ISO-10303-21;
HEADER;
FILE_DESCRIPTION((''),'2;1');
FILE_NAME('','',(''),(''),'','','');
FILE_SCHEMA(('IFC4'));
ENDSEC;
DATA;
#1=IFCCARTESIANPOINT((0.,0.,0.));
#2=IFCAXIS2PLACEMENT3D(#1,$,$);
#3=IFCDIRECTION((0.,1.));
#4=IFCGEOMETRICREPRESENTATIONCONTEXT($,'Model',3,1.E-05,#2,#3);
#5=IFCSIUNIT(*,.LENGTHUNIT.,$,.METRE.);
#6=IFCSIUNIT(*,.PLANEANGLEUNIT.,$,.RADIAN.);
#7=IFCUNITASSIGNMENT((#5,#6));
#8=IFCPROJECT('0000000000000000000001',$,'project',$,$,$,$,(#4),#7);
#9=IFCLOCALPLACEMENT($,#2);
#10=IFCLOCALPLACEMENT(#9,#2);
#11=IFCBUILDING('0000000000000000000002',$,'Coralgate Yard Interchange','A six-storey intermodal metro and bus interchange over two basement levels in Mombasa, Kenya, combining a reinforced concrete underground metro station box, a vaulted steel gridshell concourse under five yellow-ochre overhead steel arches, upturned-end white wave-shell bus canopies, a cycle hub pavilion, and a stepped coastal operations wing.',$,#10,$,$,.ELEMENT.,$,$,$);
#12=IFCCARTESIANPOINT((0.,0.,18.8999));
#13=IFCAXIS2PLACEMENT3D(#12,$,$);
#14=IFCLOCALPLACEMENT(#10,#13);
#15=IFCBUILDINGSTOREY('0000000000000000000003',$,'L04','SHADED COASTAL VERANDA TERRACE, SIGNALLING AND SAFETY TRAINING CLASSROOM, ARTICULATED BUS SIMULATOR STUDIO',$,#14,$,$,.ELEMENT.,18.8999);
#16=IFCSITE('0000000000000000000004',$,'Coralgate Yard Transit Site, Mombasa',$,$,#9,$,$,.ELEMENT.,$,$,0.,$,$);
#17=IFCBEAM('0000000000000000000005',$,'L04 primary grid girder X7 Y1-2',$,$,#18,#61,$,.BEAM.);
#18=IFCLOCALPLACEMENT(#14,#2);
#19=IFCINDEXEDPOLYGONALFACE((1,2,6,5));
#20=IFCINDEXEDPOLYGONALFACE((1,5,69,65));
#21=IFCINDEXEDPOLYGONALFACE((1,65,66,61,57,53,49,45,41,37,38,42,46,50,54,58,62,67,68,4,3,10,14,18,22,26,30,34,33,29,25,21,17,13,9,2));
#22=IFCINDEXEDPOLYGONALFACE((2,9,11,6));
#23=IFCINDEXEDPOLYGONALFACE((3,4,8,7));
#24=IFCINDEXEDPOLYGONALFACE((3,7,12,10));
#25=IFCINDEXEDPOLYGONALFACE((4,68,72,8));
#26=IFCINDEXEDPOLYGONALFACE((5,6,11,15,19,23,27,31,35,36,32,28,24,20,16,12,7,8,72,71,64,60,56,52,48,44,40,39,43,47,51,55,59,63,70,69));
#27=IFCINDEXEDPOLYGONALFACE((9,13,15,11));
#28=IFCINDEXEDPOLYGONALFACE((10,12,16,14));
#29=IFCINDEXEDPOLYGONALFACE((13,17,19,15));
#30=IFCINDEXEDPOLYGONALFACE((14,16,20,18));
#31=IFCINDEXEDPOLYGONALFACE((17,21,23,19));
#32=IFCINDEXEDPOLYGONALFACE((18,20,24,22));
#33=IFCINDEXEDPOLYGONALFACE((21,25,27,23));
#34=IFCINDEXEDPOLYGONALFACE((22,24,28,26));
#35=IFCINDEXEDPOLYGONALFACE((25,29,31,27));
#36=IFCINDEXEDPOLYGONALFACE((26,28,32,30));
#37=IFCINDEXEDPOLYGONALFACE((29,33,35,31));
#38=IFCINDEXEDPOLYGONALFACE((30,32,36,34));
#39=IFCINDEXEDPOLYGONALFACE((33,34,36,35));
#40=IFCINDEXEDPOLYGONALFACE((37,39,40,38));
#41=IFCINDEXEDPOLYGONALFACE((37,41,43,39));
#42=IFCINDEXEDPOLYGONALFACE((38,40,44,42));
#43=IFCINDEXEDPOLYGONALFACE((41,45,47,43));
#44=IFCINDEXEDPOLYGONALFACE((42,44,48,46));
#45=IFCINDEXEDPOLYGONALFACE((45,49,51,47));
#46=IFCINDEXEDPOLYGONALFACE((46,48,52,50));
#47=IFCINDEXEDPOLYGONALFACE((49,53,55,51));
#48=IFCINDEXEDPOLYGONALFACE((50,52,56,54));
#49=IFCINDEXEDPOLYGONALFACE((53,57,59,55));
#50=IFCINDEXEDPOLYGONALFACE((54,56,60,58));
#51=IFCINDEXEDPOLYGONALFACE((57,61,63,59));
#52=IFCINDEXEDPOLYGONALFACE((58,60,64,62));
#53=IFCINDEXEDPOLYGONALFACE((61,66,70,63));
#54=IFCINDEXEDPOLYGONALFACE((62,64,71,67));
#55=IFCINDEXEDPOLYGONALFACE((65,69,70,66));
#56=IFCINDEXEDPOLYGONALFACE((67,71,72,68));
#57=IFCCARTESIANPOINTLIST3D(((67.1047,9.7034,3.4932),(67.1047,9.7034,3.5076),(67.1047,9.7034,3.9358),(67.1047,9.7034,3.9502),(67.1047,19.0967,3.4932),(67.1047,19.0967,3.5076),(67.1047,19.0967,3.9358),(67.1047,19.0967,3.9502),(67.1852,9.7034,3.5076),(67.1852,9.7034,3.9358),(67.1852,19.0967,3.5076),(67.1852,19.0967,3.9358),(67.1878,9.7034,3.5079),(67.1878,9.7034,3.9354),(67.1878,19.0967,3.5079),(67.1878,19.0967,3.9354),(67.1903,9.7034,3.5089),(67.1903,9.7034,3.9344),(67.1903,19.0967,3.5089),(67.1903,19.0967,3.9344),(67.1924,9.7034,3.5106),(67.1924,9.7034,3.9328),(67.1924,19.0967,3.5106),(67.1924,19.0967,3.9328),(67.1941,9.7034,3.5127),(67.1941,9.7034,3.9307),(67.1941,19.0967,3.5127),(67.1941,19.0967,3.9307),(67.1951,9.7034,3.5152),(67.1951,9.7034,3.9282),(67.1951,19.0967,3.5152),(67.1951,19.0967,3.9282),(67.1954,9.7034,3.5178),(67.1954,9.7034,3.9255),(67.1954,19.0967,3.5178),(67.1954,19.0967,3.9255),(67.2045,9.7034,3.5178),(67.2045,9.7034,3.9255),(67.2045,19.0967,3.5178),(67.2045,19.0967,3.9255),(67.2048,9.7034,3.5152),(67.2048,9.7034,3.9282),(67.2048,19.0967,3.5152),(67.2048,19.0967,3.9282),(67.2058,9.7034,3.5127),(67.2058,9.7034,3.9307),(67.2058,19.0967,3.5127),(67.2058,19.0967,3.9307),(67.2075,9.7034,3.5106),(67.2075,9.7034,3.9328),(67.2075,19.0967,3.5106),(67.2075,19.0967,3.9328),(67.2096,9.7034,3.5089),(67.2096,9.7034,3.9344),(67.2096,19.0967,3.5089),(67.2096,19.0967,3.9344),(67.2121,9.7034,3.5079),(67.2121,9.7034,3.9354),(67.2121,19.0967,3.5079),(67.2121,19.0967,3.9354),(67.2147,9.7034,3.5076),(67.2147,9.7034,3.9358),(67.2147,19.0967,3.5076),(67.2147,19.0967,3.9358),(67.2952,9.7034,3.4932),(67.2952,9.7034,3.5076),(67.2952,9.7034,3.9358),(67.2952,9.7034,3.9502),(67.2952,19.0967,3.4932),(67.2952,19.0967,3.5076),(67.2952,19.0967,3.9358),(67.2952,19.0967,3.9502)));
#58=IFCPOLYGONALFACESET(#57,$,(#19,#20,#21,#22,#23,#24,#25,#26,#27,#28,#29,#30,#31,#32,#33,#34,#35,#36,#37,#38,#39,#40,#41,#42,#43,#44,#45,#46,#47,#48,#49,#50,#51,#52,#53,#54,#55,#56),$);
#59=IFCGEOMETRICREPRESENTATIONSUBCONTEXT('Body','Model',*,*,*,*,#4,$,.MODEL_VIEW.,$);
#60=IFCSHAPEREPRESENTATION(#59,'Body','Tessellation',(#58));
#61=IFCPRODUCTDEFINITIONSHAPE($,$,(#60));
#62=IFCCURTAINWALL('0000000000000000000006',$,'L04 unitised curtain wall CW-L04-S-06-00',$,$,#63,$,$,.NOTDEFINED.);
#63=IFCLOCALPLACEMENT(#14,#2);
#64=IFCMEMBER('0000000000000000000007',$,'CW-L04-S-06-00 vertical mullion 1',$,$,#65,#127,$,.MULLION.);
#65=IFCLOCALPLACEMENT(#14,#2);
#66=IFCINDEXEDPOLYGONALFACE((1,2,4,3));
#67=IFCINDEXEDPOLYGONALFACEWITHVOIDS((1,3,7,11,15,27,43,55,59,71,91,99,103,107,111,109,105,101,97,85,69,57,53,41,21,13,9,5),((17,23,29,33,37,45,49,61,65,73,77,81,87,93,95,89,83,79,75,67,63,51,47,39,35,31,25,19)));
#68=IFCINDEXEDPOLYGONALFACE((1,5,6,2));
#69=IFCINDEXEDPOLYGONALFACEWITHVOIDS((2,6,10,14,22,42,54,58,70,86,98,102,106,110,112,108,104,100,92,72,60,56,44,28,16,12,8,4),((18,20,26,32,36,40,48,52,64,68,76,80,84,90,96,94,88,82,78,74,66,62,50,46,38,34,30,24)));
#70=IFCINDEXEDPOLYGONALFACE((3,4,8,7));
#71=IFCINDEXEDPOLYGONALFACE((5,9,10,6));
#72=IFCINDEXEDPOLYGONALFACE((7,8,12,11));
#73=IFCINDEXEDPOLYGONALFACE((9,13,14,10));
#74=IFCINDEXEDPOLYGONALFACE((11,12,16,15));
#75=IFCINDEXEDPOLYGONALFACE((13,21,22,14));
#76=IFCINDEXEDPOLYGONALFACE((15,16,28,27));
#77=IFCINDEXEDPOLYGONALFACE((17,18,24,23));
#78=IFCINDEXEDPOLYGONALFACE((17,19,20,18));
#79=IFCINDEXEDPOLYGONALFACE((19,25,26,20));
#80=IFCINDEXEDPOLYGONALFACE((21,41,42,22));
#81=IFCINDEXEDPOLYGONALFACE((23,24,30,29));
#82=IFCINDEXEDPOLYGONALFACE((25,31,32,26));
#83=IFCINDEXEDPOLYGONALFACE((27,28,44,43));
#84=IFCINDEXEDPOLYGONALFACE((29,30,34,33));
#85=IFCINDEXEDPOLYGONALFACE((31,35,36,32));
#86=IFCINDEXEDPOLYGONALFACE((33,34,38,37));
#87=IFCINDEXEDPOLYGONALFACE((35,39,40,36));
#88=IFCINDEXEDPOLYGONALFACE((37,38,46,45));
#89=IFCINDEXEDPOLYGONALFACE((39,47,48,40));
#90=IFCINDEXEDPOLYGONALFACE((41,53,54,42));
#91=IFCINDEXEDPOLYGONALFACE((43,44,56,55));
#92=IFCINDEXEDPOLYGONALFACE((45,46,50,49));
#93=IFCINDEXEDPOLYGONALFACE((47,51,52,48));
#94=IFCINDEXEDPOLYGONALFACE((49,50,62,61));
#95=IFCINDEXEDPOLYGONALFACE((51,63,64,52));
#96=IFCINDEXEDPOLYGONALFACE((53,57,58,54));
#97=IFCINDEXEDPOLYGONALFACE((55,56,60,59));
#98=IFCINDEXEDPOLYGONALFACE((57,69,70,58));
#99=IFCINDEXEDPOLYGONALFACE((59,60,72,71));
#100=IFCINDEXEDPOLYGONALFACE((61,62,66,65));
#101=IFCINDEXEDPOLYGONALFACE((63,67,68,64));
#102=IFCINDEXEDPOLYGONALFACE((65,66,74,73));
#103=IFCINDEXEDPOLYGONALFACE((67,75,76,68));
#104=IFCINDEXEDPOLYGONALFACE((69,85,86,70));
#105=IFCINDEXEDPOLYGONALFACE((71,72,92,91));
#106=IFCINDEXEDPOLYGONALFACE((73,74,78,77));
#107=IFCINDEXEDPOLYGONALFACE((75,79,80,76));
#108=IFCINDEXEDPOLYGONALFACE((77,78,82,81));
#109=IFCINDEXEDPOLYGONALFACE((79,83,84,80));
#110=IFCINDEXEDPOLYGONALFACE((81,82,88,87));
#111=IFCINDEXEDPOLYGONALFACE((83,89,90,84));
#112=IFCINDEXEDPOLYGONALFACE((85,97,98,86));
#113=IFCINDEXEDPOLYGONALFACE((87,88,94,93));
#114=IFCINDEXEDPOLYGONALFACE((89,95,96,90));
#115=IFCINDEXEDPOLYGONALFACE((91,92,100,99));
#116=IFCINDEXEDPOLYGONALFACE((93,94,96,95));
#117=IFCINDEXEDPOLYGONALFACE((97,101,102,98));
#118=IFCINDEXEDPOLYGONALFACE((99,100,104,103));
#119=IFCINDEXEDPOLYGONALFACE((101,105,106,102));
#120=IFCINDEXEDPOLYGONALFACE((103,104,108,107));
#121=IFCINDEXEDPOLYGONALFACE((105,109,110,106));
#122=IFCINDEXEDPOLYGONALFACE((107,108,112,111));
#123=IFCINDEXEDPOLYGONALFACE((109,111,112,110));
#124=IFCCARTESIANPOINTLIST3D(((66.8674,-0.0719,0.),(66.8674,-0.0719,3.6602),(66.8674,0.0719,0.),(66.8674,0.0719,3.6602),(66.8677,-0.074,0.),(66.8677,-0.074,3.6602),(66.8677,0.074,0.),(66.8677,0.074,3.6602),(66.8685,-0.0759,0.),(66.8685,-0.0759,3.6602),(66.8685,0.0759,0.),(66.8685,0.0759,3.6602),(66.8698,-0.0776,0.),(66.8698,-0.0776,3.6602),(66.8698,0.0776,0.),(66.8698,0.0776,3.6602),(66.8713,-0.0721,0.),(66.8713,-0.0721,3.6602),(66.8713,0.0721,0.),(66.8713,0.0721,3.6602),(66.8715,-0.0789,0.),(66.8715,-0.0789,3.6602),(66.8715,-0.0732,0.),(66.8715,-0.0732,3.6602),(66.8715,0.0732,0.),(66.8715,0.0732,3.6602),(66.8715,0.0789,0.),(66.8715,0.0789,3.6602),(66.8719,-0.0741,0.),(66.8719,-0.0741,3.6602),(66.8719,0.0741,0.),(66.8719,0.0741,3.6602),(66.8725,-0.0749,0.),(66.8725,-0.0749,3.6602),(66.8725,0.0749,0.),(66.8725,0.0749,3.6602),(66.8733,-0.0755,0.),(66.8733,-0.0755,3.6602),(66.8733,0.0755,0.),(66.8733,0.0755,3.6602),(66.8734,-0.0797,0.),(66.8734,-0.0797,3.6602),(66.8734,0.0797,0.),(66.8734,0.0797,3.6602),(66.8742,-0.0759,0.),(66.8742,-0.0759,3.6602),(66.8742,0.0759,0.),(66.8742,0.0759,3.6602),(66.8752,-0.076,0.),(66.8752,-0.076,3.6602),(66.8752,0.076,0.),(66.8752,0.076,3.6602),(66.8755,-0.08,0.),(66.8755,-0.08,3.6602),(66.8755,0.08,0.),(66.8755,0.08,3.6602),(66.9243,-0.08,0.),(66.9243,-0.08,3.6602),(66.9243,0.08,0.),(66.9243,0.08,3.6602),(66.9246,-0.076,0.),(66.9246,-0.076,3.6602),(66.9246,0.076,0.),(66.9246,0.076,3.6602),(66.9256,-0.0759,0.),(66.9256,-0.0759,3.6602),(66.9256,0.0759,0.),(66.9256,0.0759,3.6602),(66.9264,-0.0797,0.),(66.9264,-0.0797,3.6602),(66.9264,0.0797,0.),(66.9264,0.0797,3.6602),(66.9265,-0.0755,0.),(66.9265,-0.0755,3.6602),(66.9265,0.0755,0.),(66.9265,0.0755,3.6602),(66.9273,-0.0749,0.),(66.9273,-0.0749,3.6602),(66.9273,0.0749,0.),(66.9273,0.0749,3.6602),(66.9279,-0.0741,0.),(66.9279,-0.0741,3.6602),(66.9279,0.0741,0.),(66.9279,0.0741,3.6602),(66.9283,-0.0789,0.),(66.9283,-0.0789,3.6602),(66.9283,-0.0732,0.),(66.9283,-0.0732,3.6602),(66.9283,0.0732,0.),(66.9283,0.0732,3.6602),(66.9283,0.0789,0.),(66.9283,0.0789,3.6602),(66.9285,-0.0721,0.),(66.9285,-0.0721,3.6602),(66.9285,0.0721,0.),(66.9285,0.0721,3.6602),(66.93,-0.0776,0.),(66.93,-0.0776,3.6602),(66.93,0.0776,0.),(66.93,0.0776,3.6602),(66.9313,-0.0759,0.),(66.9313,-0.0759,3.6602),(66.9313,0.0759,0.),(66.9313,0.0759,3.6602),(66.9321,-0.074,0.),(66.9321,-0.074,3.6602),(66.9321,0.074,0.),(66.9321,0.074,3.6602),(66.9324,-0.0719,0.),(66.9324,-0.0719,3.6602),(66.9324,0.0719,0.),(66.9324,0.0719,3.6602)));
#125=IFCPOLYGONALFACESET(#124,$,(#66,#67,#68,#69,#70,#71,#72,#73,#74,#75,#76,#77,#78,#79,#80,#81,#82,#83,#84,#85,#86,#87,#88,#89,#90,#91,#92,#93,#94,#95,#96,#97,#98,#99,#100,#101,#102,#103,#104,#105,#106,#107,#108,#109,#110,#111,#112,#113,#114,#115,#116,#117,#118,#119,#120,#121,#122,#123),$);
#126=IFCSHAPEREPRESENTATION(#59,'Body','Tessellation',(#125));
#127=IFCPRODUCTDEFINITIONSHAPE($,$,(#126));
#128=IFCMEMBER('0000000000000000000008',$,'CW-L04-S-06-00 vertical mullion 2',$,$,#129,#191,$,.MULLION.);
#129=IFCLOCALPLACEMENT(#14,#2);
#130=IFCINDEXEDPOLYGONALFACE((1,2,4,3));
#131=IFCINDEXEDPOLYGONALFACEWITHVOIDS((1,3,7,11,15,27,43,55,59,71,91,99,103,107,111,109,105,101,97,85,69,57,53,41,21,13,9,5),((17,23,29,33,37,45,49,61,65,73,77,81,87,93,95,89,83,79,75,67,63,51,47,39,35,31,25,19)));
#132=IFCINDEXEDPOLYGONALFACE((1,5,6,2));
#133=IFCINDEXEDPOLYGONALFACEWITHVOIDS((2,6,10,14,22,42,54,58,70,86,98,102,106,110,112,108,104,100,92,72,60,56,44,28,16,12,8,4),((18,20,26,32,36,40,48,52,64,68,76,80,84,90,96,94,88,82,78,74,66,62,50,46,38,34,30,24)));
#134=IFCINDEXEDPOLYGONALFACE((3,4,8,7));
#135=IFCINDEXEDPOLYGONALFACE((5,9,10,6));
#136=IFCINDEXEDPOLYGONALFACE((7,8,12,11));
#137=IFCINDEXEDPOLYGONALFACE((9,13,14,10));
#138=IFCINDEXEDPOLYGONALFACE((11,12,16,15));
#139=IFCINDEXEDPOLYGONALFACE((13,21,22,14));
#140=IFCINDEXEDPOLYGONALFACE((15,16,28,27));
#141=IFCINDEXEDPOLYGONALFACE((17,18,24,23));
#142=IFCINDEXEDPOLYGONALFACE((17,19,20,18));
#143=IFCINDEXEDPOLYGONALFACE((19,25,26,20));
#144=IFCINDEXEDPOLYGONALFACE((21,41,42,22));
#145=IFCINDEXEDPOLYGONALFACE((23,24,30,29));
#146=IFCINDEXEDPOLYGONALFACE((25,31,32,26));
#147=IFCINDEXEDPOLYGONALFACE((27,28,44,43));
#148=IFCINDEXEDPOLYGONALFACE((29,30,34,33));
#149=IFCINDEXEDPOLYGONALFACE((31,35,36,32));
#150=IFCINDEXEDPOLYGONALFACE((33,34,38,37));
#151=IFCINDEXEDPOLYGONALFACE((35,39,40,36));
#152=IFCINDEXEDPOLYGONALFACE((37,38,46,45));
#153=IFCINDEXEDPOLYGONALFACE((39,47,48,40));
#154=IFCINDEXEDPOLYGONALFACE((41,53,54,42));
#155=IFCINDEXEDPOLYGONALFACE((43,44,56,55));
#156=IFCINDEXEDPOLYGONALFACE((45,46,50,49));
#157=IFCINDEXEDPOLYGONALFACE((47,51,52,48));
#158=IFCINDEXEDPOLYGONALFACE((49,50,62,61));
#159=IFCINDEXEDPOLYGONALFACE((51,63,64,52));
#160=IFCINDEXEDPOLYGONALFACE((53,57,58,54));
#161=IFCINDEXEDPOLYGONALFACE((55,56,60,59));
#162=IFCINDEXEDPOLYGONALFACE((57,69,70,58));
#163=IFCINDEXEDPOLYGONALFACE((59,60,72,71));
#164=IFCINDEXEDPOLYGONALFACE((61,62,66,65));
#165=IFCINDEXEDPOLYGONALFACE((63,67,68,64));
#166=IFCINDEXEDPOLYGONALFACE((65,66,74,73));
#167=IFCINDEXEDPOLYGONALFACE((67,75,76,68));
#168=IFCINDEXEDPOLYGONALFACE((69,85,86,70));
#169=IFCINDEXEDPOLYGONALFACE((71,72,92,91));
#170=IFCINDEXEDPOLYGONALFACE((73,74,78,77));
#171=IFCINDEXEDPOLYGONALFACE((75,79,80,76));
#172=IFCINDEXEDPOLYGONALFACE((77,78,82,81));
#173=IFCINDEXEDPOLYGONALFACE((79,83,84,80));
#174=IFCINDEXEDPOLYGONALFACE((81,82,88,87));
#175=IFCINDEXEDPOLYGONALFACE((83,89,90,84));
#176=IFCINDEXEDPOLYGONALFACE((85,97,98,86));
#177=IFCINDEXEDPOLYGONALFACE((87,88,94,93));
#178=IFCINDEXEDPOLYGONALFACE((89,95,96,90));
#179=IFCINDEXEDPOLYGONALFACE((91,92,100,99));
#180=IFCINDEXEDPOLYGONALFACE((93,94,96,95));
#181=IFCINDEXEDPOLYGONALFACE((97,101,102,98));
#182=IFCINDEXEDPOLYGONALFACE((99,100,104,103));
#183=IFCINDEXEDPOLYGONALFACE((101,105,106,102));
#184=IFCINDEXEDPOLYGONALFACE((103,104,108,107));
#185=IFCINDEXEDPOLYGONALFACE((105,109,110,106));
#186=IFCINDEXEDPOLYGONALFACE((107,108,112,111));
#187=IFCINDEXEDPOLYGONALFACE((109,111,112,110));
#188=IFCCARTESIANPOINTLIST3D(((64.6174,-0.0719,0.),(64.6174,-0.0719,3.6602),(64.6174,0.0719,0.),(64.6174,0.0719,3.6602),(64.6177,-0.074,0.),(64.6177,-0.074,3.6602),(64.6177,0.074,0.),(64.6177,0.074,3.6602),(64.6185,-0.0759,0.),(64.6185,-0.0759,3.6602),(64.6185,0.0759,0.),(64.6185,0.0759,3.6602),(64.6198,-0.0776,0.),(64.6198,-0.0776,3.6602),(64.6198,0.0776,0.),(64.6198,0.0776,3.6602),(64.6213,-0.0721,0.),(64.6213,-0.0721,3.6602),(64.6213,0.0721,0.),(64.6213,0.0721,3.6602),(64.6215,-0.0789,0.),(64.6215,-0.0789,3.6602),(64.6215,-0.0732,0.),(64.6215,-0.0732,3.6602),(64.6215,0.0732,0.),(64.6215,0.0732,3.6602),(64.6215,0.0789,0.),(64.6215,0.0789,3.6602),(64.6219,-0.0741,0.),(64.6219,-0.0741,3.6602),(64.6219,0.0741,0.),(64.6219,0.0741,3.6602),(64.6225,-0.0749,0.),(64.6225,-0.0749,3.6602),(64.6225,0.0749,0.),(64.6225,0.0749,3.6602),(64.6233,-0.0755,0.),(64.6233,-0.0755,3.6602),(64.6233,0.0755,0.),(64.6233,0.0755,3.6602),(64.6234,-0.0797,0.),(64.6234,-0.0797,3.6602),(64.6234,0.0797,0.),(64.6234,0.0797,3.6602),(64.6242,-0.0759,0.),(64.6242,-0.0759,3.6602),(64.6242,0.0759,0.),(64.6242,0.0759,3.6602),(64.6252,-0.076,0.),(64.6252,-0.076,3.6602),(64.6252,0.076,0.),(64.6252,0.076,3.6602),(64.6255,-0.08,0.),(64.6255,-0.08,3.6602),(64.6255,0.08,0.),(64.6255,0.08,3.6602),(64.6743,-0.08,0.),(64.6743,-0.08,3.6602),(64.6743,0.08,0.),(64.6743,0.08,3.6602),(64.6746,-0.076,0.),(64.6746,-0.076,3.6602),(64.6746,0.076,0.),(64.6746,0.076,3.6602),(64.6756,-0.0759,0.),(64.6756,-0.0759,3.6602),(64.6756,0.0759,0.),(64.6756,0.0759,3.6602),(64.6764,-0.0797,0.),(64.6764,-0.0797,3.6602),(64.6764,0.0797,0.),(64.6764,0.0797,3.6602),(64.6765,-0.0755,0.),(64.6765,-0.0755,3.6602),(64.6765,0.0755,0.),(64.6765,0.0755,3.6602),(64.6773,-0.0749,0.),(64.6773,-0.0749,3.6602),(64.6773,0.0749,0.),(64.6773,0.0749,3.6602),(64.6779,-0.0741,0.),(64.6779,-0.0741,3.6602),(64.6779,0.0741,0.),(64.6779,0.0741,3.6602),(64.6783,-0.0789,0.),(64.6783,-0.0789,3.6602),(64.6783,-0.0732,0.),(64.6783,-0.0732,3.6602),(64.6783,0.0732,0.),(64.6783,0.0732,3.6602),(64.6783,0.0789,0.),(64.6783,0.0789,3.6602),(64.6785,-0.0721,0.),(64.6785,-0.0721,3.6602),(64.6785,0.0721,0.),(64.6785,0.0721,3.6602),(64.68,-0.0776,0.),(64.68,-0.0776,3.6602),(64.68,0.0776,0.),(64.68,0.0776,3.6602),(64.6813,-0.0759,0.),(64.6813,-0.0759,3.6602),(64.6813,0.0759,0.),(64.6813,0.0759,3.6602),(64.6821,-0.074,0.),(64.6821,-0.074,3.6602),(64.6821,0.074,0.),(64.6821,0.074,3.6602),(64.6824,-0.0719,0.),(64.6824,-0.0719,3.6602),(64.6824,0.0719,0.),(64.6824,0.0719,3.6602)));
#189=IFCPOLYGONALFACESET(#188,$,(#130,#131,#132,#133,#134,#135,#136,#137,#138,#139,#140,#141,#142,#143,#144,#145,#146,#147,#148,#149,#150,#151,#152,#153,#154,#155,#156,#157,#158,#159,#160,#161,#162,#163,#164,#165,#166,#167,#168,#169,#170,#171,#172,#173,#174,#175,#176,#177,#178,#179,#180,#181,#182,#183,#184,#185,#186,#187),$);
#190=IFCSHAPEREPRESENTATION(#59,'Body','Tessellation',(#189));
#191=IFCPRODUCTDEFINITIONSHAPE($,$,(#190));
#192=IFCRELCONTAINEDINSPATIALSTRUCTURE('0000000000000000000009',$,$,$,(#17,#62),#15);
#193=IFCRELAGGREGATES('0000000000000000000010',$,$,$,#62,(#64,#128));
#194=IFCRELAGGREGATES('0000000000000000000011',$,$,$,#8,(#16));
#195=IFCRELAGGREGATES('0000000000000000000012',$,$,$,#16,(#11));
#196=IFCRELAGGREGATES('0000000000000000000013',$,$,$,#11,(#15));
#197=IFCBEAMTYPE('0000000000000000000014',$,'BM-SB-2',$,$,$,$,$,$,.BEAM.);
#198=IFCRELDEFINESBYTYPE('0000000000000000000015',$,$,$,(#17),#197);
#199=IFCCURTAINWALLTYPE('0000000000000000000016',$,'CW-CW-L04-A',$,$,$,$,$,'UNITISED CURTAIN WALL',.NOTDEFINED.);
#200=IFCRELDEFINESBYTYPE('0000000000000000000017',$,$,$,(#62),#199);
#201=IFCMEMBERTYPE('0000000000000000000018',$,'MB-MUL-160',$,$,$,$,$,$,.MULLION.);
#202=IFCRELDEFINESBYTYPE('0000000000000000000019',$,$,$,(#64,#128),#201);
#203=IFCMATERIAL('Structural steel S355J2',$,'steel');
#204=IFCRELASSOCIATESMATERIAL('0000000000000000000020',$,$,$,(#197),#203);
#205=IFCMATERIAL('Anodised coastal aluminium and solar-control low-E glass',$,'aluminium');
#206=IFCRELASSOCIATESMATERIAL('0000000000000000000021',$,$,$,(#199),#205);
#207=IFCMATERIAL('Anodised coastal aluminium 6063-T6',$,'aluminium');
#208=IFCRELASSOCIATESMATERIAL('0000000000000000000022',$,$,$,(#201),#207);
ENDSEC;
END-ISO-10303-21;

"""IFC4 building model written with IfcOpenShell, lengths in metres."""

from ifc_helpers import new_model, si_unit, direction, frame, origin, origin_2d, place, context, subcontext, project, spatial, hollow_rectangle, i_section, extrude, material, material_profile, profile_set, type_object, element, aggregate, save


model = new_model("IFC4")

# Units and contexts
model_context = context("Model", 3, precision=1e-05, world=origin(), true_north=direction((0.0, 1.0)))
body_context = subcontext(model_context, "Body", "Model", "MODEL_VIEW")
ifc_project = project(units=[si_unit("LENGTHUNIT", "METRE"), si_unit("PLANEANGLEUNIT", "RADIAN")], contexts=[model_context])

# Site, building, storey
site_placement = place(None, origin())
site = spatial("IfcSite", under=ifc_project, at=site_placement, Name="Coralgate Yard Transit Site, Mombasa", CompositionType="ELEMENT", RefElevation=0.0)
building_placement = place(site_placement, origin())
building = spatial("IfcBuilding", under=site, at=building_placement, Name="Coralgate Yard Interchange", Description="A six-storey intermodal metro and bus interchange over two basement levels in Mombasa, Kenya, combining a reinforced concrete underground metro station box, a vaulted steel gridshell concourse under five yellow-ochre overhead steel arches, upturned-end white wave-shell bus canopies, a cycle hub pavilion, and a stepped coastal operations wing.", CompositionType="ELEMENT")
storey_placement = place(building_placement, frame((0.0, 0.0, 18.8999)))
storey = spatial("IfcBuildingStorey", under=building, at=storey_placement, Name="L04", Description="SHADED COASTAL VERANDA TERRACE, SIGNALLING AND SAFETY TRAINING CLASSROOM, ARTICULATED BUS SIMULATOR STUDIO", CompositionType="ELEMENT", Elevation=18.8999)

# Shared definitions
ifc_material_1 = material(Name="Structural steel S355J2", Category="steel")

# Beam
ifc_material_profile_1 = material_profile(ifc_material_1, i_section(OverallWidth=0.1904, OverallDepth=0.457, WebThickness=0.009, FlangeThickness=0.0144, FilletRadius=0.0103, at=origin_2d()), Name="UB 457x191x74")
ifc_profile_set_1 = profile_set([ifc_material_profile_1], Name="Structural steel S355J2")
beam_type = type_object("IfcBeamType", Name="BM-SB-2", PredefinedType="BEAM", material=ifc_profile_set_1)
for number, where, z_axis, x_axis, name in (
    (1, (67.2, 9.7034, 3.7217), (0.0, 1.0, 0.0), (-1.0, 0.0, 0.0), "L04 primary grid girder X7 Y1-2"),
):
    element("IfcBeam", number, at=place(storey_placement, frame(where, z_axis=z_axis, x_axis=x_axis)), inside=storey, type_object=beam_type, Name=name, PredefinedType="BEAM", context=body_context, shape_type="SweptSolid", body=[
        extrude(i_section(OverallWidth=0.1904, OverallDepth=0.457, WebThickness=0.009, FlangeThickness=0.0144, FilletRadius=0.0103, at=origin_2d()), origin(), (0.0, 0.0, 1.0), 9.3933),
    ])

# Curtain wall, members
ifc_material_2 = material(Name="Anodised coastal aluminium and solar-control low-E glass", Category="aluminium")
curtain_wall_type = type_object("IfcCurtainWallType", Name="CW-CW-L04-A", ElementType="UNITISED CURTAIN WALL", PredefinedType="NOTDEFINED", material=ifc_material_2)
curtain_wall_1_placement = place(storey_placement, origin())
curtain_wall_1 = element("IfcCurtainWall", 2, at=curtain_wall_1_placement, inside=storey, type_object=curtain_wall_type, Name="L04 unitised curtain wall CW-L04-S-06-00", PredefinedType="NOTDEFINED")
ifc_material_3 = material(Name="Anodised coastal aluminium 6063-T6", Category="aluminium")
ifc_material_profile_2 = material_profile(ifc_material_3, hollow_rectangle(XDim=0.0649, YDim=0.1599, WallThickness=0.0039, InnerFilletRadius=0.0039, OuterFilletRadius=0.0081, at=origin_2d()), Name="ALU 65x160x4")
ifc_profile_set_2 = profile_set([ifc_material_profile_2], Name="Anodised coastal aluminium 6063-T6")
member_type_1 = type_object("IfcMemberType", Name="MB-MUL-160", PredefinedType="MULLION", material=ifc_profile_set_2)
member_1_placement = place(storey_placement, frame((66.8999, 0.0, 0.0), z_axis=(0.0, 0.0, 1.0), x_axis=(1.0, 0.0, 0.0)))
member_1 = element("IfcMember", 3, at=member_1_placement, type_object=member_type_1, Name="CW-L04-S-06-00 vertical mullion 1", PredefinedType="MULLION", context=body_context, shape_type="SweptSolid", body=[
    extrude(hollow_rectangle(XDim=0.0649, YDim=0.1599, WallThickness=0.0039, InnerFilletRadius=0.0039, OuterFilletRadius=0.0081, at=origin_2d()), origin(), (0.0, 0.0, 1.0), 3.6602),
])
member_2_placement = place(storey_placement, frame((64.6499, 0.0, 0.0), z_axis=(0.0, 0.0, 1.0), x_axis=(1.0, 0.0, 0.0)))
member_2 = element("IfcMember", 4, at=member_2_placement, type_object=member_type_1, Name="CW-L04-S-06-00 vertical mullion 2", PredefinedType="MULLION", context=body_context, shape_type="SweptSolid", body=[
    extrude(hollow_rectangle(XDim=0.0649, YDim=0.1599, WallThickness=0.0039, InnerFilletRadius=0.0039, OuterFilletRadius=0.0081, at=origin_2d()), origin(), (0.0, 0.0, 1.0), 3.6602),
])

aggregate(curtain_wall_1, [member_1, member_2])

save(model, "model.ifc")
